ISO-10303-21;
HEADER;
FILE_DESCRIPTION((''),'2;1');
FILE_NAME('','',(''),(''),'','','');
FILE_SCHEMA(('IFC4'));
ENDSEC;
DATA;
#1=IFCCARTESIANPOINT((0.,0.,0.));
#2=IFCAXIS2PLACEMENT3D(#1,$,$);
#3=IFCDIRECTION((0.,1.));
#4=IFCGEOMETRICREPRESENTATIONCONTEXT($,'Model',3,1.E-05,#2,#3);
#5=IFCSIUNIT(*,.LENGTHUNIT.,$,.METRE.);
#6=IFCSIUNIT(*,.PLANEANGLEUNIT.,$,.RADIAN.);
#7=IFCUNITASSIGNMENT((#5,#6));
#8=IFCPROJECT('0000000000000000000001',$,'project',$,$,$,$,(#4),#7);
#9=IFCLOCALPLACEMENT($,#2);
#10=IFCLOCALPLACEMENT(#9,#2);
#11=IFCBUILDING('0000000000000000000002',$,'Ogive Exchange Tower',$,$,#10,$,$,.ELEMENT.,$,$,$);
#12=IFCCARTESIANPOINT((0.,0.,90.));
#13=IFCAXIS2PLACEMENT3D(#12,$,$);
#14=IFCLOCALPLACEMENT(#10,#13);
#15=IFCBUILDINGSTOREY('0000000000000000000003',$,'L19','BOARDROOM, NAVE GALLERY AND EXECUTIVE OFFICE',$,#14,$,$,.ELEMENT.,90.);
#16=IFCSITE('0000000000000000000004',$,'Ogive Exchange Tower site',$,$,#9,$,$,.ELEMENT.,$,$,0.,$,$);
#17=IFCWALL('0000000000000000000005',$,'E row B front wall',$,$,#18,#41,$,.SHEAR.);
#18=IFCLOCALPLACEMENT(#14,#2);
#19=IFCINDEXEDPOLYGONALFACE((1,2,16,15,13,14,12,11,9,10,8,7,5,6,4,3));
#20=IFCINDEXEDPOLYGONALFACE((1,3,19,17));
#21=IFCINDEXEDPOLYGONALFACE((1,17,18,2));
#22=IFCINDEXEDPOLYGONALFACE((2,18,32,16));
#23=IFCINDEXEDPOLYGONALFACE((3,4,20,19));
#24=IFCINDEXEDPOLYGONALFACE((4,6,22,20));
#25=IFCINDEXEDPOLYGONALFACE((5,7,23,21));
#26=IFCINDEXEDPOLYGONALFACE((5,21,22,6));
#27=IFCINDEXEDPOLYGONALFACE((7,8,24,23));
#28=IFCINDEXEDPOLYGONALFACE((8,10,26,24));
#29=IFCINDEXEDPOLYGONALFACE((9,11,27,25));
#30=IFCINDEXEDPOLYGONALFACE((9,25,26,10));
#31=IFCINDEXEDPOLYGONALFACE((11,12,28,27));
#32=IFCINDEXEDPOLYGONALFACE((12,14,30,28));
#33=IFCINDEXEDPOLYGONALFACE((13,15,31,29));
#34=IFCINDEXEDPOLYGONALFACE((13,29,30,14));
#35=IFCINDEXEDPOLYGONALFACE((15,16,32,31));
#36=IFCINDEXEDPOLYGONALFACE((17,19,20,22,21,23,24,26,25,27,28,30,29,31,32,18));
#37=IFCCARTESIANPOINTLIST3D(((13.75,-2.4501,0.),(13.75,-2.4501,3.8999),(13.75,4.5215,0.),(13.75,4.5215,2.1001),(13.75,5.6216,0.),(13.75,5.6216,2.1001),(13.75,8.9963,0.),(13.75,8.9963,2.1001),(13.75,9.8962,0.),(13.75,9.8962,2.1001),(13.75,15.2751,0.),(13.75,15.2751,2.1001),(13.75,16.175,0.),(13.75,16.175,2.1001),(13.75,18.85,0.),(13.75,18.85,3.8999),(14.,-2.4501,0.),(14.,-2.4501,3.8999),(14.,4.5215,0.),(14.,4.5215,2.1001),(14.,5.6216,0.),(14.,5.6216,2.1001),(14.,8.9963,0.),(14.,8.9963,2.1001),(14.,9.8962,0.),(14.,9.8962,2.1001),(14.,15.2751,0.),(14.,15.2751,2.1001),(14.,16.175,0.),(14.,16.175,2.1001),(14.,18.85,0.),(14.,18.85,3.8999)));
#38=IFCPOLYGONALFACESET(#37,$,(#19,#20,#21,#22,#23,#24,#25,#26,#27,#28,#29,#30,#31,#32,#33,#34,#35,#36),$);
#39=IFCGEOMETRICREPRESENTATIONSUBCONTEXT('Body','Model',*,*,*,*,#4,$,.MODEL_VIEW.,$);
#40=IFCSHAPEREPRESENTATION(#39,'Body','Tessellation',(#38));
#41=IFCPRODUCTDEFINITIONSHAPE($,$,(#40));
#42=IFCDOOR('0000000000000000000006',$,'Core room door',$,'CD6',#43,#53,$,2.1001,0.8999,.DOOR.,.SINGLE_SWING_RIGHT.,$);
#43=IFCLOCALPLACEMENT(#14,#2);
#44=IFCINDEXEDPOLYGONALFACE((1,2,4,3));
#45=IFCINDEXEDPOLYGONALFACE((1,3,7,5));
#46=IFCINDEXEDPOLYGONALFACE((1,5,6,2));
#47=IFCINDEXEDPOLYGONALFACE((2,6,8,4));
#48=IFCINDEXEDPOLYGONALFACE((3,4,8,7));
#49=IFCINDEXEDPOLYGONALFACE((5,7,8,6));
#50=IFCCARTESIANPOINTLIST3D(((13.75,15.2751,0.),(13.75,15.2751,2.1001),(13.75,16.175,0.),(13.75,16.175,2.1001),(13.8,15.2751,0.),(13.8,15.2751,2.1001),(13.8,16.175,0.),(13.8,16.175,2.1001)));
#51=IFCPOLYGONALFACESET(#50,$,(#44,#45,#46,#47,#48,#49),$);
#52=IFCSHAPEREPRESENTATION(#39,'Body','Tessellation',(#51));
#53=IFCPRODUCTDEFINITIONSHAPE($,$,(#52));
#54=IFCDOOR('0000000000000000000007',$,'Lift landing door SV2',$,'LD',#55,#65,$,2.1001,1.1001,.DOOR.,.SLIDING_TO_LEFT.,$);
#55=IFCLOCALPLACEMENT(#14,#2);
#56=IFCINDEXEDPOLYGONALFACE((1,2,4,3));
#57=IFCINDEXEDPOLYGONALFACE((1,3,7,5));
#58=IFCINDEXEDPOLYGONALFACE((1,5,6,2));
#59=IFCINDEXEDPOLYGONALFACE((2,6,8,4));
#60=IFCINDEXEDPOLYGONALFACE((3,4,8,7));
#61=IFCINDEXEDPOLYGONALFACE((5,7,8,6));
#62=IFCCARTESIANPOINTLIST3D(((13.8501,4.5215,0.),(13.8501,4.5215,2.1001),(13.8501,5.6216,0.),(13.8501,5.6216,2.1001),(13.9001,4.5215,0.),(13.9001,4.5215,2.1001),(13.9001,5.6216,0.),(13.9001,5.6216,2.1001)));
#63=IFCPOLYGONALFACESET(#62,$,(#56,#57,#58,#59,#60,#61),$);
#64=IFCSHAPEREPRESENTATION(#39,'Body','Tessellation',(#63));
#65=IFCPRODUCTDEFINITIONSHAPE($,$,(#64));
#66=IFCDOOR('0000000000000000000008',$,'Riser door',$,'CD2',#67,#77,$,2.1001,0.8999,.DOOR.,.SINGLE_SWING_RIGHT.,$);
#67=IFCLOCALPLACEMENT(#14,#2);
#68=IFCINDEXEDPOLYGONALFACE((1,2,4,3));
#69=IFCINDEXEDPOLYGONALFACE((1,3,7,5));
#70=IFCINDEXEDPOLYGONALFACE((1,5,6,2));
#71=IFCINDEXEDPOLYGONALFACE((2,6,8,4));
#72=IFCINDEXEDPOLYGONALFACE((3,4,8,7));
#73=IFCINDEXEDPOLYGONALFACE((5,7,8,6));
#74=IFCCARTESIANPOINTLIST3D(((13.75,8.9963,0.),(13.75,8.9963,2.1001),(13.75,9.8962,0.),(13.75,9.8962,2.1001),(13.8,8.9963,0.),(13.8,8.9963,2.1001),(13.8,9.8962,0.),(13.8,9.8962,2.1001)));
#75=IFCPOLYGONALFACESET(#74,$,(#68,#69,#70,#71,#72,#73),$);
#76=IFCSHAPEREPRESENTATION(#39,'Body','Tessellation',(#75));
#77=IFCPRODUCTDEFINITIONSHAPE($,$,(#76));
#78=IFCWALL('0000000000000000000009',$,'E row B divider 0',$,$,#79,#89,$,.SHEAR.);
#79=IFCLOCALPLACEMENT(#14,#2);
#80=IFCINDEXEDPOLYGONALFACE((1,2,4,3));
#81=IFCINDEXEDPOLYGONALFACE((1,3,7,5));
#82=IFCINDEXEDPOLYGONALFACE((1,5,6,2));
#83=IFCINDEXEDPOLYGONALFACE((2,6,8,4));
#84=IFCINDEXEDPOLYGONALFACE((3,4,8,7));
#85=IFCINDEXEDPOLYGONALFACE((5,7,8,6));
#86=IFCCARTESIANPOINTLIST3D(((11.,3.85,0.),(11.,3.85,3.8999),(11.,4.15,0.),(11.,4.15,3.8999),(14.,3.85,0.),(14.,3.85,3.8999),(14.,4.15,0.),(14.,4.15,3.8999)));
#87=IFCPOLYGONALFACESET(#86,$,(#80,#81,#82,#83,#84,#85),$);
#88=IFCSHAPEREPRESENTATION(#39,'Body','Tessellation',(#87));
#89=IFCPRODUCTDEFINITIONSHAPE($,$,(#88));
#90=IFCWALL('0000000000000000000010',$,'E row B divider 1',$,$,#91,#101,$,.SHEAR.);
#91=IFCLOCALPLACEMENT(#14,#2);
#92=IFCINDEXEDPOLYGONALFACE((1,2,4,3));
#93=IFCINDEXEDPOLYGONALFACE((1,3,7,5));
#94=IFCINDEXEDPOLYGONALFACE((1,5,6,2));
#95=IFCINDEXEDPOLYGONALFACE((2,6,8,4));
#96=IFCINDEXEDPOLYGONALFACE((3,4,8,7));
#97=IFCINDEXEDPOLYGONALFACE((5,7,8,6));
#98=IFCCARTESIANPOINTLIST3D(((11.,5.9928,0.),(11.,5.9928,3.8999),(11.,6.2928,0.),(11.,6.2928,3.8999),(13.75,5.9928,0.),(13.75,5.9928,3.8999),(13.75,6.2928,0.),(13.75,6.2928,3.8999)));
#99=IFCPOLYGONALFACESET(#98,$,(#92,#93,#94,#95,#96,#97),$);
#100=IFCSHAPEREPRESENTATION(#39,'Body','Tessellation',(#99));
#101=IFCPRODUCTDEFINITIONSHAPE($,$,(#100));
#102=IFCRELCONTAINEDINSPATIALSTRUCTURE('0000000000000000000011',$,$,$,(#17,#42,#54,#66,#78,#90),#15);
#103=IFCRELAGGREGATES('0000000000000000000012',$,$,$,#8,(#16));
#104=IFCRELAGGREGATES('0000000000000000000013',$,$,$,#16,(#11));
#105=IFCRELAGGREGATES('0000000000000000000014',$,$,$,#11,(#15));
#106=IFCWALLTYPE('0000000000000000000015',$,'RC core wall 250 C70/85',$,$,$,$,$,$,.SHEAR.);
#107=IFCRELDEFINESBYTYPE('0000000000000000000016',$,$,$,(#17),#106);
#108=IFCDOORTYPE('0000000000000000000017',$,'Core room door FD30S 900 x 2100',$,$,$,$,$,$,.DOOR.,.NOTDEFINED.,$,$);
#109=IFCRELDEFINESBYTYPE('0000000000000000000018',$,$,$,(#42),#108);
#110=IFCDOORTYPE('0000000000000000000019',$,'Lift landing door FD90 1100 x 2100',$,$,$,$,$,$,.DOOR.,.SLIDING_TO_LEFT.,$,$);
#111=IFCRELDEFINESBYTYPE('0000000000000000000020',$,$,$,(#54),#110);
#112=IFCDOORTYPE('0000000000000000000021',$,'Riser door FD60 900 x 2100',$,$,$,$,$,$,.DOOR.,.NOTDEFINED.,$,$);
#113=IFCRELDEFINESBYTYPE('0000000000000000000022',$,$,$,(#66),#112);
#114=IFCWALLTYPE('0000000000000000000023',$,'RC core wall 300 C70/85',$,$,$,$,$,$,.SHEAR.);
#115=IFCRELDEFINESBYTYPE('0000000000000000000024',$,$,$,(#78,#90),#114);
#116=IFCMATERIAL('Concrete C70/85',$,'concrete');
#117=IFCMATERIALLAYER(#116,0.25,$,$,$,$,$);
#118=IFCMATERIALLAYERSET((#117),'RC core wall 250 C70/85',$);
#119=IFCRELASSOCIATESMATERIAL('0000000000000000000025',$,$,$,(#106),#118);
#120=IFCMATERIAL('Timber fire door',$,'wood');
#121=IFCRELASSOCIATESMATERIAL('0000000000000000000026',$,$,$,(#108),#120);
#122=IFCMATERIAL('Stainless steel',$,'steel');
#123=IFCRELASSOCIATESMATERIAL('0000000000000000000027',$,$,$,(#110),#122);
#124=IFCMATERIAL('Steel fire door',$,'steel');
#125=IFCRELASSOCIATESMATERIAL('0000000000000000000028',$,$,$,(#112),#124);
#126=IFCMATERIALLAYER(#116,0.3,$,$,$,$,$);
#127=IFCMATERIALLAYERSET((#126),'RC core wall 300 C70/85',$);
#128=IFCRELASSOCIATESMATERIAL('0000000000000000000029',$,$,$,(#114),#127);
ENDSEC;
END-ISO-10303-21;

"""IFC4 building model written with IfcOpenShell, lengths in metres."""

from ifc_helpers import new_model, si_unit, direction, frame, frame_2d, origin, place, context, subcontext, project, spatial, rectangle, extrude, material, layer, layer_set, type_object, element, fill, save


model = new_model("IFC4")

# Units and contexts
model_context = context("Model", 3, precision=1e-05, world=origin(), true_north=direction((0.0, 1.0)))
body_context = subcontext(model_context, "Body", "Model", "MODEL_VIEW")
ifc_project = project(units=[si_unit("LENGTHUNIT", "METRE"), si_unit("PLANEANGLEUNIT", "RADIAN")], contexts=[model_context])

# Site, building, storey
site_placement = place(None, origin())
site = spatial("IfcSite", under=ifc_project, at=site_placement, Name="Ogive Exchange Tower site", CompositionType="ELEMENT", RefElevation=0.0)
building_placement = place(site_placement, origin())
building = spatial("IfcBuilding", under=site, at=building_placement, Name="Ogive Exchange Tower", CompositionType="ELEMENT")
storey_placement = place(building_placement, frame((0.0, 0.0, 90.0)))
storey = spatial("IfcBuildingStorey", under=building, at=storey_placement, Name="L19", Description="BOARDROOM, NAVE GALLERY AND EXECUTIVE OFFICE", CompositionType="ELEMENT", Elevation=90.0)

# Shared definitions
ifc_material_1 = material(Name="Concrete C70/85", Category="concrete")

# Shared definitions
ifc_material_2 = material(Name="Steel fire door", Category="steel")

# Wall, openings, doors
ifc_layer_1 = layer(ifc_material_1, 0.25)
ifc_layer_set_1 = layer_set([ifc_layer_1], Name="RC core wall 250 C70/85")
wall_type_1 = type_object("IfcWallType", Name="RC core wall 250 C70/85", PredefinedType="SHEAR", material=ifc_layer_set_1)
wall_1_placement = place(storey_placement, frame((13.875, -2.45, 0.0), z_axis=(0.0, 0.0, 1.0), x_axis=(0.0, 1.0, 0.0)))
wall_1 = element("IfcWall", 1, at=wall_1_placement, inside=storey, type_object=wall_type_1, Name="E row B front wall", PredefinedType="SHEAR", context=body_context, shape_type="SweptSolid", body=[
    extrude(rectangle(XDim=21.3, YDim=0.25, at=frame_2d((10.6499, 0.0))), origin(), (0.0, 0.0, 1.0), 3.8999),
])
opening_1_placement = place(wall_1_placement, frame((11.4463, 0.0, 0.0)))
opening_1 = element("IfcOpeningElement", 2, at=opening_1_placement, cuts=wall_1, PredefinedType="OPENING", context=body_context, shape_type="SweptSolid", body=[
    extrude(rectangle(XDim=0.8999, YDim=2.1001, at=frame_2d((0.45, 1.05))), frame((0.0, 0.135, 0.0), z_axis=(0.0, -1.0, 0.0), x_axis=(1.0, 0.0, 0.0)), (0.0, 0.0, 1.0), 0.27),
])
opening_2_placement = place(wall_1_placement, frame((17.7251, 0.0, 0.0)))
opening_2 = element("IfcOpeningElement", 3, at=opening_2_placement, cuts=wall_1, PredefinedType="OPENING", context=body_context, shape_type="SweptSolid", body=[
    extrude(rectangle(XDim=0.8999, YDim=2.1001, at=frame_2d((0.45, 1.05))), frame((0.0, 0.135, 0.0), z_axis=(0.0, -1.0, 0.0), x_axis=(1.0, 0.0, 0.0)), (0.0, 0.0, 1.0), 0.27),
])
opening_3_placement = place(wall_1_placement, frame((6.9714, 0.0, 0.0)))
opening_3 = element("IfcOpeningElement", 4, at=opening_3_placement, cuts=wall_1, PredefinedType="OPENING", context=body_context, shape_type="SweptSolid", body=[
    extrude(rectangle(XDim=1.1001, YDim=2.1001, at=frame_2d((0.55, 1.05))), frame((0.0, 0.135, 0.0), z_axis=(0.0, -1.0, 0.0), x_axis=(1.0, 0.0, 0.0)), (0.0, 0.0, 1.0), 0.27),
])
ifc_material_3 = material(Name="Timber fire door", Category="wood")
door_type_1 = type_object("IfcDoorType", Name="Core room door FD30S 900 x 2100", OperationType="NOTDEFINED", PredefinedType="DOOR", material=ifc_material_3)
door_1_placement = place(opening_2_placement, origin())
door_1 = element("IfcDoor", 5, at=door_1_placement, inside=storey, type_object=door_type_1, Name="Core room door", ObjectType="CD6", OperationType="SINGLE_SWING_RIGHT", OverallHeight=2.1001, OverallWidth=0.8999, PredefinedType="DOOR", context=body_context, shape_type="SweptSolid", body=[
    extrude(rectangle(XDim=0.8999, YDim=2.1001, at=frame_2d((0.45, 1.05))), frame((0.0, 0.125, 0.0), z_axis=(0.0, -1.0, 0.0), x_axis=(1.0, 0.0, 0.0)), (0.0, 0.0, 1.0), 0.05),
])
fill(opening_2, door_1)
ifc_material_4 = material(Name="Stainless steel", Category="steel")
door_type_2 = type_object("IfcDoorType", Name="Lift landing door FD90 1100 x 2100", OperationType="SLIDING_TO_LEFT", PredefinedType="DOOR", material=ifc_material_4)
door_2_placement = place(opening_3_placement, origin())
door_2 = element("IfcDoor", 6, at=door_2_placement, inside=storey, type_object=door_type_2, Name="Lift landing door SV2", ObjectType="LD", OperationType="SLIDING_TO_LEFT", OverallHeight=2.1001, OverallWidth=1.1001, PredefinedType="DOOR", context=body_context, shape_type="SweptSolid", body=[
    extrude(rectangle(XDim=1.1001, YDim=2.1001, at=frame_2d((0.55, 1.05))), frame((0.0, 0.0249, 0.0), z_axis=(0.0, -1.0, 0.0), x_axis=(1.0, 0.0, 0.0)), (0.0, 0.0, 1.0), 0.05),
])
fill(opening_3, door_2)
door_type_3 = type_object("IfcDoorType", Name="Riser door FD60 900 x 2100", OperationType="NOTDEFINED", PredefinedType="DOOR", material=ifc_material_2)
door_3_placement = place(opening_1_placement, origin())
door_3 = element("IfcDoor", 7, at=door_3_placement, inside=storey, type_object=door_type_3, Name="Riser door", ObjectType="CD2", OperationType="SINGLE_SWING_RIGHT", OverallHeight=2.1001, OverallWidth=0.8999, PredefinedType="DOOR", context=body_context, shape_type="SweptSolid", body=[
    extrude(rectangle(XDim=0.8999, YDim=2.1001, at=frame_2d((0.45, 1.05))), frame((0.0, 0.125, 0.0), z_axis=(0.0, -1.0, 0.0), x_axis=(1.0, 0.0, 0.0)), (0.0, 0.0, 1.0), 0.05),
])
fill(opening_1, door_3)

# Walls
ifc_layer_2 = layer(ifc_material_1, 0.3)
ifc_layer_set_2 = layer_set([ifc_layer_2], Name="RC core wall 300 C70/85")
wall_type_2 = type_object("IfcWallType", Name="RC core wall 300 C70/85", PredefinedType="SHEAR", material=ifc_layer_set_2)
wall_2_placement = place(storey_placement, frame((11.0, 4.0, 0.0), z_axis=(0.0, 0.0, 1.0), x_axis=(1.0, 0.0, 0.0)))
element("IfcWall", 8, at=wall_2_placement, inside=storey, type_object=wall_type_2, Name="E row B divider 0", PredefinedType="SHEAR", context=body_context, shape_type="SweptSolid", body=[
    extrude(rectangle(XDim=3.0, YDim=0.3, at=frame_2d((1.5, 0.0))), origin(), (0.0, 0.0, 1.0), 3.8999),
])
wall_3_placement = place(storey_placement, frame((11.0, 6.1428, 0.0), z_axis=(0.0, 0.0, 1.0), x_axis=(1.0, 0.0, 0.0)))
element("IfcWall", 9, at=wall_3_placement, inside=storey, type_object=wall_type_2, Name="E row B divider 1", PredefinedType="SHEAR", context=body_context, shape_type="SweptSolid", body=[
    extrude(rectangle(XDim=2.75, YDim=0.3, at=frame_2d((1.375, 0.0))), origin(), (0.0, 0.0, 1.0), 3.8999),
])

save(model, "model.ifc")
